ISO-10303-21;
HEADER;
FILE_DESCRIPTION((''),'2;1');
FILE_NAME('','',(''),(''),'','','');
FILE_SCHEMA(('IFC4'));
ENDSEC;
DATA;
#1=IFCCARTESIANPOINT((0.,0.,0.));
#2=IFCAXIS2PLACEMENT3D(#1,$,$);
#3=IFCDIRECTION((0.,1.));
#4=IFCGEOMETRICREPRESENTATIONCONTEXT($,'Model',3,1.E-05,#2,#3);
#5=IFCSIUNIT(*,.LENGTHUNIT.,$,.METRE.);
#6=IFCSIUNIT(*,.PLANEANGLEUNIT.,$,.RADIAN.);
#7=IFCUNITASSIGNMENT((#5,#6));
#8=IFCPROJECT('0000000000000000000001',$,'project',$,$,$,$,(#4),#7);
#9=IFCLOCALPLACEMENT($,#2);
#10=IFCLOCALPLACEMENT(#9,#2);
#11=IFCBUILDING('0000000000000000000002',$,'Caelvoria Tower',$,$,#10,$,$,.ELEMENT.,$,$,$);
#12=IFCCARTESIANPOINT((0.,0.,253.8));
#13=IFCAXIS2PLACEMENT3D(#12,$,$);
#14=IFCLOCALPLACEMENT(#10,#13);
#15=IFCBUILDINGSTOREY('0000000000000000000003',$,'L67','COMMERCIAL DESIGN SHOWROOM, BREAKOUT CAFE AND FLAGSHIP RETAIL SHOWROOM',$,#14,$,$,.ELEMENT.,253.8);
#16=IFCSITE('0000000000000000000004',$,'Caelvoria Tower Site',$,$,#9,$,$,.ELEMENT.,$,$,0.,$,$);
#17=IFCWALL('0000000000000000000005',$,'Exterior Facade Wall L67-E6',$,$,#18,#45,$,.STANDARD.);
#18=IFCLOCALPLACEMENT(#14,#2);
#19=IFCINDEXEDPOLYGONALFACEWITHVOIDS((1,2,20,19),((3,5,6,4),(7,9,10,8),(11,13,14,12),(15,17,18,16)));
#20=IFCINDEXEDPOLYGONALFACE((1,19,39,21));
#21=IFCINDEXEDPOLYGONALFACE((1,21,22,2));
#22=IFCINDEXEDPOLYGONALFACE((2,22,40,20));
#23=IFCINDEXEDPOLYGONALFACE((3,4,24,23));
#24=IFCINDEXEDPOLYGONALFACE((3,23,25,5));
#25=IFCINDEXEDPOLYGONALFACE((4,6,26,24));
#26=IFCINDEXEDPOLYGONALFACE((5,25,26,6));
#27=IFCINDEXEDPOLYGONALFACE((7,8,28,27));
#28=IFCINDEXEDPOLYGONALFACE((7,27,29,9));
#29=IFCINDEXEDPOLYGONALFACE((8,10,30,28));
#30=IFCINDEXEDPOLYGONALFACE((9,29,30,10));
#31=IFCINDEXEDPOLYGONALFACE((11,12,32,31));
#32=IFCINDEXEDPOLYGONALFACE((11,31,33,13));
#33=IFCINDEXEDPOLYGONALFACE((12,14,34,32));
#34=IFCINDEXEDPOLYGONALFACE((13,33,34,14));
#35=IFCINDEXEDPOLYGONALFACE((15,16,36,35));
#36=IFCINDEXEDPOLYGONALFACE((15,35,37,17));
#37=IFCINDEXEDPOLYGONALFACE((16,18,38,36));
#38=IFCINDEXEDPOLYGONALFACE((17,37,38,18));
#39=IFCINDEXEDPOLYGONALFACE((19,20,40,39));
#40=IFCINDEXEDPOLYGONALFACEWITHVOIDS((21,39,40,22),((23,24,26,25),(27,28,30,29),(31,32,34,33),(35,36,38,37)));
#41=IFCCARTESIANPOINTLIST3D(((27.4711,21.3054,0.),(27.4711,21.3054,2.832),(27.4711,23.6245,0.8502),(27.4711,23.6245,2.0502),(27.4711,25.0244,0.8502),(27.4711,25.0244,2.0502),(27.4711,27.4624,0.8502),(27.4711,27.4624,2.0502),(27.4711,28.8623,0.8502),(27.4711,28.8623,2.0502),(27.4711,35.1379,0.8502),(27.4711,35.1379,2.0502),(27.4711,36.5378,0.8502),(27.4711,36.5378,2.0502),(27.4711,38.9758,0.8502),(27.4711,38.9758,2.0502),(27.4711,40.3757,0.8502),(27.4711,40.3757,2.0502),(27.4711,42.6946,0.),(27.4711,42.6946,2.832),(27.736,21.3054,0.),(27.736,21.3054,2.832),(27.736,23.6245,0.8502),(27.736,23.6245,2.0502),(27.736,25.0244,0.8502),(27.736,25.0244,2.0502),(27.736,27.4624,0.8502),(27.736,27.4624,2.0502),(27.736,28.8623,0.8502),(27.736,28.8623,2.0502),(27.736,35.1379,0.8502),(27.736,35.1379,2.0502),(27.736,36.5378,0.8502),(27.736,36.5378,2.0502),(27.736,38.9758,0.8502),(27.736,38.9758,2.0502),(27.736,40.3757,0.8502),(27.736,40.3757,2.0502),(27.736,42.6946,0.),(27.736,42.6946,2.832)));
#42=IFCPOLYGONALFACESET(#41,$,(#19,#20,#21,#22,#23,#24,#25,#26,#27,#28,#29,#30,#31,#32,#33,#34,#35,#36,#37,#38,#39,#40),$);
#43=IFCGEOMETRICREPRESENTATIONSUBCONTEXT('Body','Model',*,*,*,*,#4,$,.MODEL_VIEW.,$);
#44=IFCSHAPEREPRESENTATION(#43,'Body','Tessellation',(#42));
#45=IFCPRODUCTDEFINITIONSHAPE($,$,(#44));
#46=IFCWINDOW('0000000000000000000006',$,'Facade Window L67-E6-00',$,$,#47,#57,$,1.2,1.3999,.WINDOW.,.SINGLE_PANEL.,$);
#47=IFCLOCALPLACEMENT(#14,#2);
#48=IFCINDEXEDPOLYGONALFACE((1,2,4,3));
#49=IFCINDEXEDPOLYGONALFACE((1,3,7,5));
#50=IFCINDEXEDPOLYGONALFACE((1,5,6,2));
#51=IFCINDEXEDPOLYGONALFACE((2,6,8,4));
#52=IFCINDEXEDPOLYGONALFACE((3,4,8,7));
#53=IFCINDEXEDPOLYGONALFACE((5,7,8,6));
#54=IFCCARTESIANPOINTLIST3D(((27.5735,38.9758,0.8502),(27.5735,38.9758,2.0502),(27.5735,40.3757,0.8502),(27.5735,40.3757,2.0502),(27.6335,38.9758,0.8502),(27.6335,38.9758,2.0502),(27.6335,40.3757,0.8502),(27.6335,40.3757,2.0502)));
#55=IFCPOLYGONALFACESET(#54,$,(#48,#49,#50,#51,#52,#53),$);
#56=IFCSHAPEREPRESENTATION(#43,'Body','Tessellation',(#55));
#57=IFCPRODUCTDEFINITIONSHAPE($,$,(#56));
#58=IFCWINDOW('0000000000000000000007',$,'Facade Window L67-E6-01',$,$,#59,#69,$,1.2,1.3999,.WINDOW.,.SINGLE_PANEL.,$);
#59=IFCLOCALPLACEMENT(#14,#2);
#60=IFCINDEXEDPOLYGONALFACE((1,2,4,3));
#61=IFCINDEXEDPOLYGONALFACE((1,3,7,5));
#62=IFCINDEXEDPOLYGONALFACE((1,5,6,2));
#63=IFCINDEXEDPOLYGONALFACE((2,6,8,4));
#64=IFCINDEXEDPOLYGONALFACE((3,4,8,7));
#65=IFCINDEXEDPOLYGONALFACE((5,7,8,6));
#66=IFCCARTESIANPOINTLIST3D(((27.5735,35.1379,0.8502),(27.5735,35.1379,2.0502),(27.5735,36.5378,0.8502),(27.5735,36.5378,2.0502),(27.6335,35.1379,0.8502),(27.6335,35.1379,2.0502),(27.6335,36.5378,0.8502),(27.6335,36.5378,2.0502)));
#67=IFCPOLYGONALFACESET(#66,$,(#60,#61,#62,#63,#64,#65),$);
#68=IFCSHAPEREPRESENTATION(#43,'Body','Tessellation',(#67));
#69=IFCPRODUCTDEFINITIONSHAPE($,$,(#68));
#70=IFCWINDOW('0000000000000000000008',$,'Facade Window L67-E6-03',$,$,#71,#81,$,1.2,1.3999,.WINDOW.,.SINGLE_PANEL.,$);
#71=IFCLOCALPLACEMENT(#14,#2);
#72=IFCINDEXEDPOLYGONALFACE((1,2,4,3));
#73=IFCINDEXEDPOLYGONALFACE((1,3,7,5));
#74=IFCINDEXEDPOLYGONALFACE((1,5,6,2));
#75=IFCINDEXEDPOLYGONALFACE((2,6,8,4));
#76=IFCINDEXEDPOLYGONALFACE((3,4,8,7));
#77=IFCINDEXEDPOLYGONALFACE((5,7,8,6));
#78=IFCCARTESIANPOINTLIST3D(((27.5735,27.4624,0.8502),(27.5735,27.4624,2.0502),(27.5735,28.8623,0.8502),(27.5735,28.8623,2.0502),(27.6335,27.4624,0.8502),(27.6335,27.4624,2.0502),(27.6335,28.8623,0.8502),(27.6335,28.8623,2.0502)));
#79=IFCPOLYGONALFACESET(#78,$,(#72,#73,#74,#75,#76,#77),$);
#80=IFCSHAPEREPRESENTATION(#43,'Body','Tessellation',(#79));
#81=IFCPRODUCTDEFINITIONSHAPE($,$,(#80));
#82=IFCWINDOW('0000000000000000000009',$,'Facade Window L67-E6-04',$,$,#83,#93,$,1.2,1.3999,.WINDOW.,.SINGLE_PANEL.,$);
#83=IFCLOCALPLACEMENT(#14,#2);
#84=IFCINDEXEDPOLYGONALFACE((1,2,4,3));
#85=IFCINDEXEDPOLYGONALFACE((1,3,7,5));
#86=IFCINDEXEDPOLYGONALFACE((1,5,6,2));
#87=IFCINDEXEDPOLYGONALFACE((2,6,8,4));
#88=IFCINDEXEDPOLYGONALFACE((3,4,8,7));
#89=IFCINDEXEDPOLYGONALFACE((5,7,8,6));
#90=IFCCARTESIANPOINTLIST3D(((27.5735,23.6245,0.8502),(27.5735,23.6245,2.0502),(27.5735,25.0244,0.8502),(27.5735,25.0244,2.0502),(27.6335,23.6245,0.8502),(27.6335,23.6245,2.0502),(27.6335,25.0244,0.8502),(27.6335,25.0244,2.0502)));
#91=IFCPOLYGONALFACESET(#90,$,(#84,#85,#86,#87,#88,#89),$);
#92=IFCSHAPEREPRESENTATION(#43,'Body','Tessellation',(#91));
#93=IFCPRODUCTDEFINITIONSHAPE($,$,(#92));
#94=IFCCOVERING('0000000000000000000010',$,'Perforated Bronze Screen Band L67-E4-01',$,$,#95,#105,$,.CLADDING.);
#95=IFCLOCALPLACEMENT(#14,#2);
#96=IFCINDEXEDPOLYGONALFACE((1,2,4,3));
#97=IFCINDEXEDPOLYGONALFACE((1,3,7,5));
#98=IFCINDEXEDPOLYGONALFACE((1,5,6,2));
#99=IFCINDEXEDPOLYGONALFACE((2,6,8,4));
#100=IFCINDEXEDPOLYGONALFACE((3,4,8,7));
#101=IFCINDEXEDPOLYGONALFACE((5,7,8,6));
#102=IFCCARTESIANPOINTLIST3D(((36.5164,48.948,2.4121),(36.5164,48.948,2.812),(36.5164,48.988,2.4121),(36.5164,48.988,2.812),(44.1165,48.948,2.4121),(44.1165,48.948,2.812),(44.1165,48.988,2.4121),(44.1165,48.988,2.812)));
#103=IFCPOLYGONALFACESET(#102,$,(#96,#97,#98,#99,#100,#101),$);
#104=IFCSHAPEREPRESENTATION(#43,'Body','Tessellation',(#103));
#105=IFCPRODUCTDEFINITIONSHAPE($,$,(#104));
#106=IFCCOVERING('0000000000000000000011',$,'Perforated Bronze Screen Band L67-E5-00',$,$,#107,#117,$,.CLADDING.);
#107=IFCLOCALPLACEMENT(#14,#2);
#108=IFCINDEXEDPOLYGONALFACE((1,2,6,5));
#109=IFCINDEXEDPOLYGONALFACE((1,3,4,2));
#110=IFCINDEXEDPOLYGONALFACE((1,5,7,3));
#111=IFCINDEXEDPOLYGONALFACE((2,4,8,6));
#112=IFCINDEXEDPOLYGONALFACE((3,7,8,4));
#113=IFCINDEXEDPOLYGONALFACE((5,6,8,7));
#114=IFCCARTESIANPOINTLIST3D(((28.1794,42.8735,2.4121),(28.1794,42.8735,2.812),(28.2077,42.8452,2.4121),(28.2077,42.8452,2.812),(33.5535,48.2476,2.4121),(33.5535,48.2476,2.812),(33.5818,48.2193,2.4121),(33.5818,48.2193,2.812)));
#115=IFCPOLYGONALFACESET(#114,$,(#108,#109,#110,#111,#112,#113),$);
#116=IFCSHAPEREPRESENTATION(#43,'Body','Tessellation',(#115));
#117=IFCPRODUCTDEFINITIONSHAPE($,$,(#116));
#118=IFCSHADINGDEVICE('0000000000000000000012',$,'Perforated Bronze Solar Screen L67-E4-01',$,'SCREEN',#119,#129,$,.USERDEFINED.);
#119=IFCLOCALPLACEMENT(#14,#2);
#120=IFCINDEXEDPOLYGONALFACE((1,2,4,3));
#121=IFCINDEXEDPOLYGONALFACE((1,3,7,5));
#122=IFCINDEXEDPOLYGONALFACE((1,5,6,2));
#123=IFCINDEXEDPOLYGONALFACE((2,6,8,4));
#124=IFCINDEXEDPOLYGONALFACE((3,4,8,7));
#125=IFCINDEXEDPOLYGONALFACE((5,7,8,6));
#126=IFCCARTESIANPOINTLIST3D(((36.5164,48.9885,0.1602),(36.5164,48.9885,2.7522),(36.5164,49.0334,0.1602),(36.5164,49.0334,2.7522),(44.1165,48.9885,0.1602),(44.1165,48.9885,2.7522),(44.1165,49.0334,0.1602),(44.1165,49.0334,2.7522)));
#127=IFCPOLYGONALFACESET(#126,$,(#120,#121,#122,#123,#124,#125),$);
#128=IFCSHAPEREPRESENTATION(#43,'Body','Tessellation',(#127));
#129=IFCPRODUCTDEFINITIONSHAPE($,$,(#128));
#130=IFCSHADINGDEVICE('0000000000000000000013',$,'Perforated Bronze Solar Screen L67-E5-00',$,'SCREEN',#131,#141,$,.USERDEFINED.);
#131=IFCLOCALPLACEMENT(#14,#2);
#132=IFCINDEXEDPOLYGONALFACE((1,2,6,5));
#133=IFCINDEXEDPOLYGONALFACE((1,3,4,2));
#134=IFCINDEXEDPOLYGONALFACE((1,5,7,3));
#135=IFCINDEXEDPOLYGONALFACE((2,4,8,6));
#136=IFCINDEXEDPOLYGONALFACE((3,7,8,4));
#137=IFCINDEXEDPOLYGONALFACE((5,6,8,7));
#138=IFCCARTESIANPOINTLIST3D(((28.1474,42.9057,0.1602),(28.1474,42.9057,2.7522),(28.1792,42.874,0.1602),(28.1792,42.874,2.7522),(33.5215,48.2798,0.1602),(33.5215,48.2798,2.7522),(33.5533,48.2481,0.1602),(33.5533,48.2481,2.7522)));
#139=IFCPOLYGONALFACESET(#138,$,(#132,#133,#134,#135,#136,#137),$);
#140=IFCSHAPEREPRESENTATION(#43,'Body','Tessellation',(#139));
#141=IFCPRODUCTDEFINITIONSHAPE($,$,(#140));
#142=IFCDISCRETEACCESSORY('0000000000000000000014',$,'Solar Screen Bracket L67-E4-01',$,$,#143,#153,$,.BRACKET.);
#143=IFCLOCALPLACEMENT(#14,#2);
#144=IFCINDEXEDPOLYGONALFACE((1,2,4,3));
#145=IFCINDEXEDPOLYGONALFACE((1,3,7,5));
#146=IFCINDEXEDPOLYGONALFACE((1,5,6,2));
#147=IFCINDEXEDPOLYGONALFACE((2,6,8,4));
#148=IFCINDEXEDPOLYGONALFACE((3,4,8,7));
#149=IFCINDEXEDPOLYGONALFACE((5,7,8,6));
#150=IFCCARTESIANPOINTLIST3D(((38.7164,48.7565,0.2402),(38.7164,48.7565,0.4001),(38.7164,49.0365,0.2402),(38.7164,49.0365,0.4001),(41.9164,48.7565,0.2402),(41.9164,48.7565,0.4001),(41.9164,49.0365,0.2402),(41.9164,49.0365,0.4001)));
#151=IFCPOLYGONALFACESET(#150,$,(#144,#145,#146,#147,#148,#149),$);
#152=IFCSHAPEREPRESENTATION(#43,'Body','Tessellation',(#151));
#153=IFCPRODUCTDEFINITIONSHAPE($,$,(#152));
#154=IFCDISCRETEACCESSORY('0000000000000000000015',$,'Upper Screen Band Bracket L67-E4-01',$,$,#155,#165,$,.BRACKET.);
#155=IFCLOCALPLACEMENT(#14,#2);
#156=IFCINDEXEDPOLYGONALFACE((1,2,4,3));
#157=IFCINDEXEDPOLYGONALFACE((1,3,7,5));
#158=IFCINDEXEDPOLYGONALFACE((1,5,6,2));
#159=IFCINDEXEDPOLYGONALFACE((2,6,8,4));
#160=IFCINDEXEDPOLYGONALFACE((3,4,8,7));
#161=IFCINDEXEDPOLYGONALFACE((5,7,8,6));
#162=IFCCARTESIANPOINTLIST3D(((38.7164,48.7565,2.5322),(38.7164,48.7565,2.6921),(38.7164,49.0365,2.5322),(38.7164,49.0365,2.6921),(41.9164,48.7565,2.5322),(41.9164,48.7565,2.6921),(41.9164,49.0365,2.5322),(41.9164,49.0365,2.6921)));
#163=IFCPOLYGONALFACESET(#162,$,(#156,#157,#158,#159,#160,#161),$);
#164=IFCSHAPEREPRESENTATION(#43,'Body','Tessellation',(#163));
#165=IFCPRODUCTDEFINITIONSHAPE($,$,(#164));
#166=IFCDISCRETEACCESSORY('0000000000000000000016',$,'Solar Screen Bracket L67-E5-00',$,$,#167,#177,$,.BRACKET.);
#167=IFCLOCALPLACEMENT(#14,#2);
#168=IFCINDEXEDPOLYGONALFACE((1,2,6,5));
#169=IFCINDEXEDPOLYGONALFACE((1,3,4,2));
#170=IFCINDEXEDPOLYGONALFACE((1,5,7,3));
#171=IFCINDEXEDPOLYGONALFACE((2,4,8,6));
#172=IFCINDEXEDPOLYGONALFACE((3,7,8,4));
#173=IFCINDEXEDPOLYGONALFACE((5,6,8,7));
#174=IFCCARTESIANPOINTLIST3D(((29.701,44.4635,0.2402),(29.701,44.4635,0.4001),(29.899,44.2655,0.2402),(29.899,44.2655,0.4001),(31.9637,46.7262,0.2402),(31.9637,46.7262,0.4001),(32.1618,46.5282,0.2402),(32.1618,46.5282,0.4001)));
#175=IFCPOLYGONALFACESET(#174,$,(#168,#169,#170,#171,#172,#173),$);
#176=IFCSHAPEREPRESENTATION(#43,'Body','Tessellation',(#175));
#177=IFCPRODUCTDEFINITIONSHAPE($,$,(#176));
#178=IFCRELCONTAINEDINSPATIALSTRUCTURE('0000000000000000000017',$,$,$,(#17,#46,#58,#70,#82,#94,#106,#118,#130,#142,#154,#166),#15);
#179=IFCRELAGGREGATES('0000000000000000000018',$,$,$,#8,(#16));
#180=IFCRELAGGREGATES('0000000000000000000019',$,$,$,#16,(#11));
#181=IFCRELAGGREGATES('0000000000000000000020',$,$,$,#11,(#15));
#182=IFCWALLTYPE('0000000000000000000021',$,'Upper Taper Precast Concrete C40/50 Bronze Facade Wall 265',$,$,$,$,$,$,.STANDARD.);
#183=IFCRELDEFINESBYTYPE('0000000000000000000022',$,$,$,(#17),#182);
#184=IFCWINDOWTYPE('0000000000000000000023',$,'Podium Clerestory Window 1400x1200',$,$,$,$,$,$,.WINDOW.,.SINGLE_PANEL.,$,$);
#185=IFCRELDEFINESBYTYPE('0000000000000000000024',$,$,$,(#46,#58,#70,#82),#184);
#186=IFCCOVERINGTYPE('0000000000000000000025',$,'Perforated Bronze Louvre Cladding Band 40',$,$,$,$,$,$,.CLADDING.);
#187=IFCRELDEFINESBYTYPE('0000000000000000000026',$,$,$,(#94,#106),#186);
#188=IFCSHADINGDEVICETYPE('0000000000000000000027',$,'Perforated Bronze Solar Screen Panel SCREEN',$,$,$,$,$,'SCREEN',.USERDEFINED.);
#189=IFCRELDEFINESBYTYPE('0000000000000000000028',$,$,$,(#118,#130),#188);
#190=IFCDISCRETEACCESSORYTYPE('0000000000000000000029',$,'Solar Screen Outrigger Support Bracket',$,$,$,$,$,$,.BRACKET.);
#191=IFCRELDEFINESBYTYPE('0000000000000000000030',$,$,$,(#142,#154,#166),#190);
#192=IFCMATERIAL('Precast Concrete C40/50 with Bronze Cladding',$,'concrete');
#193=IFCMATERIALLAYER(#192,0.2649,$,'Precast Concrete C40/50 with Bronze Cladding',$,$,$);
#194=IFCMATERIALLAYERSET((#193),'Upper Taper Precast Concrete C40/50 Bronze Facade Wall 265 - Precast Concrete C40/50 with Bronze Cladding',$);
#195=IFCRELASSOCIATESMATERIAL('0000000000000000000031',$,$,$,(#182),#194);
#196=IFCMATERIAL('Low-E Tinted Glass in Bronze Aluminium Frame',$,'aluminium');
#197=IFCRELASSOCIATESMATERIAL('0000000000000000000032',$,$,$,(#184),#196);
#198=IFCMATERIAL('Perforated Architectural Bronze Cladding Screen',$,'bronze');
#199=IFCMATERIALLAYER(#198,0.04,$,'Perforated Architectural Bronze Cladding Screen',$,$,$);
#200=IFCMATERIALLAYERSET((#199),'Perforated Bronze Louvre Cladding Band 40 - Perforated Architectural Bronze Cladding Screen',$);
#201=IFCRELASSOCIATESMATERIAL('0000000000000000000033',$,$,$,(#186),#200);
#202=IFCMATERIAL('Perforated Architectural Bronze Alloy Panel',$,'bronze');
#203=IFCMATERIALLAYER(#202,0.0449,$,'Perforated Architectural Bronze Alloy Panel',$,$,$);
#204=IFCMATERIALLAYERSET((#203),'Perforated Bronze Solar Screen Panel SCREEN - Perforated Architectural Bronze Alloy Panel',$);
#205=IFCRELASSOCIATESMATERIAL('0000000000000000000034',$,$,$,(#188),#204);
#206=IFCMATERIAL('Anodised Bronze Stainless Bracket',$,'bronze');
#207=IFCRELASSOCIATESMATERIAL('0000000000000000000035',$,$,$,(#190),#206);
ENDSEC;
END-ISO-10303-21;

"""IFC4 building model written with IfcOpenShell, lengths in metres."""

from ifc_helpers import new_model, si_unit, direction, frame, frame_2d, origin, origin_2d, place, context, subcontext, project, spatial, rectangle, extrude, material, layer, layer_set, type_object, element, fill, save


model = new_model("IFC4")

# Units and contexts
model_context = context("Model", 3, precision=1e-05, world=origin(), true_north=direction((0.0, 1.0)))
body_context = subcontext(model_context, "Body", "Model", "MODEL_VIEW")
ifc_project = project(units=[si_unit("LENGTHUNIT", "METRE"), si_unit("PLANEANGLEUNIT", "RADIAN")], contexts=[model_context])

# Site, building, storey
site_placement = place(None, origin())
site = spatial("IfcSite", under=ifc_project, at=site_placement, Name="Caelvoria Tower Site", CompositionType="ELEMENT", RefElevation=0.0)
building_placement = place(site_placement, origin())
building = spatial("IfcBuilding", under=site, at=building_placement, Name="Caelvoria Tower", CompositionType="ELEMENT")
storey_placement = place(building_placement, frame((0.0, 0.0, 253.8)))
storey = spatial("IfcBuildingStorey", under=building, at=storey_placement, Name="L67", Description="COMMERCIAL DESIGN SHOWROOM, BREAKOUT CAFE AND FLAGSHIP RETAIL SHOWROOM", CompositionType="ELEMENT", Elevation=253.8)

# Shared definitions
ifc_material_1 = material(Name="Precast Concrete C40/50 with Bronze Cladding", Category="concrete")
ifc_layer_1 = layer(ifc_material_1, 0.2649, Name="Precast Concrete C40/50 with Bronze Cladding")
ifc_layer_set_1 = layer_set([ifc_layer_1], Name="Upper Taper Precast Concrete C40/50 Bronze Facade Wall 265 - Precast Concrete C40/50 with Bronze Cladding")
wall_type_1 = type_object("IfcWallType", Name="Upper Taper Precast Concrete C40/50 Bronze Facade Wall 265", PredefinedType="STANDARD", material=ifc_layer_set_1)

# Wall, openings, windows
wall_1_placement = place(storey_placement, frame((27.6035, 42.6946, 0.0), z_axis=(0.0, 0.0, 1.0), x_axis=(0.0, -1.0, 0.0)))
wall_1 = element("IfcWall", 1, at=wall_1_placement, inside=storey, type_object=wall_type_1, Name="Exterior Facade Wall L67-E6", PredefinedType="STANDARD", context=body_context, shape_type="SweptSolid", body=[
    extrude(rectangle(XDim=21.3892, YDim=0.2649, at=frame_2d((10.6946, 0.0))), origin(), (0.0, 0.0, 1.0), 2.832),
])
opening_1_placement = place(wall_1_placement, frame((2.3188, 0.0, 0.8501)))
opening_1 = element("IfcOpeningElement", 2, at=opening_1_placement, cuts=wall_1, PredefinedType="OPENING", context=body_context, shape_type="SweptSolid", body=[
    extrude(rectangle(XDim=1.3999, YDim=1.2, at=frame_2d((0.7, 0.6001))), frame((0.0, 0.1423, 0.0), z_axis=(0.0, -1.0, 0.0), x_axis=(1.0, 0.0, 0.0)), (0.0, 0.0, 1.0), 0.2849),
])
opening_2_placement = place(wall_1_placement, frame((6.1567, 0.0, 0.8501)))
opening_2 = element("IfcOpeningElement", 3, at=opening_2_placement, cuts=wall_1, PredefinedType="OPENING", context=body_context, shape_type="SweptSolid", body=[
    extrude(rectangle(XDim=1.3999, YDim=1.2, at=frame_2d((0.7, 0.6001))), frame((0.0, 0.1423, 0.0), z_axis=(0.0, -1.0, 0.0), x_axis=(1.0, 0.0, 0.0)), (0.0, 0.0, 1.0), 0.2849),
])
opening_3_placement = place(wall_1_placement, frame((13.8323, 0.0, 0.8501)))
opening_3 = element("IfcOpeningElement", 4, at=opening_3_placement, cuts=wall_1, PredefinedType="OPENING", context=body_context, shape_type="SweptSolid", body=[
    extrude(rectangle(XDim=1.3999, YDim=1.2, at=frame_2d((0.7, 0.6001))), frame((0.0, 0.1423, 0.0), z_axis=(0.0, -1.0, 0.0), x_axis=(1.0, 0.0, 0.0)), (0.0, 0.0, 1.0), 0.2849),
])
opening_4_placement = place(wall_1_placement, frame((17.6702, 0.0, 0.8501)))
opening_4 = element("IfcOpeningElement", 5, at=opening_4_placement, cuts=wall_1, PredefinedType="OPENING", context=body_context, shape_type="SweptSolid", body=[
    extrude(rectangle(XDim=1.3999, YDim=1.2, at=frame_2d((0.7, 0.6001))), frame((0.0, 0.1423, 0.0), z_axis=(0.0, -1.0, 0.0), x_axis=(1.0, 0.0, 0.0)), (0.0, 0.0, 1.0), 0.2849),
])
ifc_material_2 = material(Name="Low-E Tinted Glass in Bronze Aluminium Frame", Category="aluminium")
window_type = type_object("IfcWindowType", Name="Podium Clerestory Window 1400x1200", PartitioningType="SINGLE_PANEL", PredefinedType="WINDOW", material=ifc_material_2)
window_1_placement = place(opening_1_placement, origin())
window_1 = element("IfcWindow", 6, at=window_1_placement, inside=storey, type_object=window_type, Name="Facade Window L67-E6-00", OverallHeight=1.2, OverallWidth=1.3999, PartitioningType="SINGLE_PANEL", PredefinedType="WINDOW", context=body_context, shape_type="SweptSolid", body=[
    extrude(rectangle(XDim=1.3999, YDim=1.2, at=frame_2d((0.7, 0.6001))), frame((0.0, 0.03, 0.0), z_axis=(0.0, -1.0, 0.0), x_axis=(1.0, 0.0, 0.0)), (0.0, 0.0, 1.0), 0.0601),
])
fill(opening_1, window_1)
window_2_placement = place(opening_2_placement, origin())
window_2 = element("IfcWindow", 7, at=window_2_placement, inside=storey, type_object=window_type, Name="Facade Window L67-E6-01", OverallHeight=1.2, OverallWidth=1.3999, PartitioningType="SINGLE_PANEL", PredefinedType="WINDOW", context=body_context, shape_type="SweptSolid", body=[
    extrude(rectangle(XDim=1.3999, YDim=1.2, at=frame_2d((0.7, 0.6001))), frame((0.0, 0.03, 0.0), z_axis=(0.0, -1.0, 0.0), x_axis=(1.0, 0.0, 0.0)), (0.0, 0.0, 1.0), 0.0601),
])
fill(opening_2, window_2)
window_3_placement = place(opening_3_placement, origin())
window_3 = element("IfcWindow", 8, at=window_3_placement, inside=storey, type_object=window_type, Name="Facade Window L67-E6-03", OverallHeight=1.2, OverallWidth=1.3999, PartitioningType="SINGLE_PANEL", PredefinedType="WINDOW", context=body_context, shape_type="SweptSolid", body=[
    extrude(rectangle(XDim=1.3999, YDim=1.2, at=frame_2d((0.7, 0.6001))), frame((0.0, 0.03, 0.0), z_axis=(0.0, -1.0, 0.0), x_axis=(1.0, 0.0, 0.0)), (0.0, 0.0, 1.0), 0.0601),
])
fill(opening_3, window_3)
window_4_placement = place(opening_4_placement, origin())
window_4 = element("IfcWindow", 9, at=window_4_placement, inside=storey, type_object=window_type, Name="Facade Window L67-E6-04", OverallHeight=1.2, OverallWidth=1.3999, PartitioningType="SINGLE_PANEL", PredefinedType="WINDOW", context=body_context, shape_type="SweptSolid", body=[
    extrude(rectangle(XDim=1.3999, YDim=1.2, at=frame_2d((0.7, 0.6001))), frame((0.0, 0.03, 0.0), z_axis=(0.0, -1.0, 0.0), x_axis=(1.0, 0.0, 0.0)), (0.0, 0.0, 1.0), 0.0601),
])
fill(opening_4, window_4)

# Coverings
ifc_material_3 = material(Name="Perforated Architectural Bronze Cladding Screen", Category="bronze")
ifc_layer_2 = layer(ifc_material_3, 0.04, Name="Perforated Architectural Bronze Cladding Screen")
ifc_layer_set_2 = layer_set([ifc_layer_2], Name="Perforated Bronze Louvre Cladding Band 40 - Perforated Architectural Bronze Cladding Screen")
covering_type = type_object("IfcCoveringType", Name="Perforated Bronze Louvre Cladding Band 40", PredefinedType="CLADDING", material=ifc_layer_set_2)
for number, where, z_axis, x_axis, name in (
    (10, (40.3164, 48.968, 2.4121), (0.0, 0.0, 1.0), (-1.0, 0.0, 0.0), "Perforated Bronze Screen Band L67-E4-01"),
    (11, (30.8806, 45.5464, 2.4121), (0.0, 0.0, 1.0), (-0.707107, -0.707107, 0.0), "Perforated Bronze Screen Band L67-E5-00"),
):
    element("IfcCovering", number, at=place(storey_placement, frame(where, z_axis=z_axis, x_axis=x_axis)), inside=storey, type_object=covering_type, Name=name, PredefinedType="CLADDING", context=body_context, shape_type="SweptSolid", body=[
        extrude(rectangle(XDim=7.6001, YDim=0.04, at=origin_2d()), origin(), (0.0, 0.0, 1.0), 0.3999),
    ])

# Shading devices
ifc_material_4 = material(Name="Perforated Architectural Bronze Alloy Panel", Category="bronze")
ifc_layer_3 = layer(ifc_material_4, 0.0449, Name="Perforated Architectural Bronze Alloy Panel")
ifc_layer_set_3 = layer_set([ifc_layer_3], Name="Perforated Bronze Solar Screen Panel SCREEN - Perforated Architectural Bronze Alloy Panel")
shading_device_type = type_object("IfcShadingDeviceType", Name="Perforated Bronze Solar Screen Panel SCREEN", ElementType="SCREEN", PredefinedType="USERDEFINED", material=ifc_layer_set_3)
for number, where, z_axis, x_axis, name in (
    (12, (40.3164, 49.011, 0.1602), (0.0, 0.0, 1.0), (-1.0, 0.0, 0.0), "Perforated Bronze Solar Screen L67-E4-01"),
    (13, (30.8503, 45.5769, 0.1602), (0.0, 0.0, 1.0), (-0.707107, -0.707107, 0.0), "Perforated Bronze Solar Screen L67-E5-00"),
):
    element("IfcShadingDevice", number, at=place(storey_placement, frame(where, z_axis=z_axis, x_axis=x_axis)), inside=storey, type_object=shading_device_type, Name=name, ObjectType="SCREEN", PredefinedType="USERDEFINED", context=body_context, shape_type="SweptSolid", body=[
        extrude(rectangle(XDim=7.6001, YDim=0.0449, at=origin_2d()), origin(), (0.0, 0.0, 1.0), 2.592),
    ])

# Discrete accessories
ifc_material_5 = material(Name="Anodised Bronze Stainless Bracket", Category="bronze")
discrete_accessory_type = type_object("IfcDiscreteAccessoryType", Name="Solar Screen Outrigger Support Bracket", PredefinedType="BRACKET", material=ifc_material_5)
for number, where, z_axis, x_axis, name in (
    (14, (40.3164, 48.8965, 0.2402), (0.0, 0.0, 1.0), (-1.0, 0.0, 0.0), "Solar Screen Bracket L67-E4-01"),
    (15, (40.3164, 48.8965, 2.5322), (0.0, 0.0, 1.0), (-1.0, 0.0, 0.0), "Upper Screen Band Bracket L67-E4-01"),
    (16, (30.9314, 45.4958, 0.2402), (0.0, 0.0, 1.0), (-0.707107, -0.707107, 0.0), "Solar Screen Bracket L67-E5-00"),
):
    element("IfcDiscreteAccessory", number, at=place(storey_placement, frame(where, z_axis=z_axis, x_axis=x_axis)), inside=storey, type_object=discrete_accessory_type, Name=name, PredefinedType="BRACKET", context=body_context, shape_type="SweptSolid", body=[
        extrude(rectangle(XDim=3.2, YDim=0.28, at=origin_2d()), origin(), (0.0, 0.0, 1.0), 0.1599),
    ])

save(model, "model.ifc")
